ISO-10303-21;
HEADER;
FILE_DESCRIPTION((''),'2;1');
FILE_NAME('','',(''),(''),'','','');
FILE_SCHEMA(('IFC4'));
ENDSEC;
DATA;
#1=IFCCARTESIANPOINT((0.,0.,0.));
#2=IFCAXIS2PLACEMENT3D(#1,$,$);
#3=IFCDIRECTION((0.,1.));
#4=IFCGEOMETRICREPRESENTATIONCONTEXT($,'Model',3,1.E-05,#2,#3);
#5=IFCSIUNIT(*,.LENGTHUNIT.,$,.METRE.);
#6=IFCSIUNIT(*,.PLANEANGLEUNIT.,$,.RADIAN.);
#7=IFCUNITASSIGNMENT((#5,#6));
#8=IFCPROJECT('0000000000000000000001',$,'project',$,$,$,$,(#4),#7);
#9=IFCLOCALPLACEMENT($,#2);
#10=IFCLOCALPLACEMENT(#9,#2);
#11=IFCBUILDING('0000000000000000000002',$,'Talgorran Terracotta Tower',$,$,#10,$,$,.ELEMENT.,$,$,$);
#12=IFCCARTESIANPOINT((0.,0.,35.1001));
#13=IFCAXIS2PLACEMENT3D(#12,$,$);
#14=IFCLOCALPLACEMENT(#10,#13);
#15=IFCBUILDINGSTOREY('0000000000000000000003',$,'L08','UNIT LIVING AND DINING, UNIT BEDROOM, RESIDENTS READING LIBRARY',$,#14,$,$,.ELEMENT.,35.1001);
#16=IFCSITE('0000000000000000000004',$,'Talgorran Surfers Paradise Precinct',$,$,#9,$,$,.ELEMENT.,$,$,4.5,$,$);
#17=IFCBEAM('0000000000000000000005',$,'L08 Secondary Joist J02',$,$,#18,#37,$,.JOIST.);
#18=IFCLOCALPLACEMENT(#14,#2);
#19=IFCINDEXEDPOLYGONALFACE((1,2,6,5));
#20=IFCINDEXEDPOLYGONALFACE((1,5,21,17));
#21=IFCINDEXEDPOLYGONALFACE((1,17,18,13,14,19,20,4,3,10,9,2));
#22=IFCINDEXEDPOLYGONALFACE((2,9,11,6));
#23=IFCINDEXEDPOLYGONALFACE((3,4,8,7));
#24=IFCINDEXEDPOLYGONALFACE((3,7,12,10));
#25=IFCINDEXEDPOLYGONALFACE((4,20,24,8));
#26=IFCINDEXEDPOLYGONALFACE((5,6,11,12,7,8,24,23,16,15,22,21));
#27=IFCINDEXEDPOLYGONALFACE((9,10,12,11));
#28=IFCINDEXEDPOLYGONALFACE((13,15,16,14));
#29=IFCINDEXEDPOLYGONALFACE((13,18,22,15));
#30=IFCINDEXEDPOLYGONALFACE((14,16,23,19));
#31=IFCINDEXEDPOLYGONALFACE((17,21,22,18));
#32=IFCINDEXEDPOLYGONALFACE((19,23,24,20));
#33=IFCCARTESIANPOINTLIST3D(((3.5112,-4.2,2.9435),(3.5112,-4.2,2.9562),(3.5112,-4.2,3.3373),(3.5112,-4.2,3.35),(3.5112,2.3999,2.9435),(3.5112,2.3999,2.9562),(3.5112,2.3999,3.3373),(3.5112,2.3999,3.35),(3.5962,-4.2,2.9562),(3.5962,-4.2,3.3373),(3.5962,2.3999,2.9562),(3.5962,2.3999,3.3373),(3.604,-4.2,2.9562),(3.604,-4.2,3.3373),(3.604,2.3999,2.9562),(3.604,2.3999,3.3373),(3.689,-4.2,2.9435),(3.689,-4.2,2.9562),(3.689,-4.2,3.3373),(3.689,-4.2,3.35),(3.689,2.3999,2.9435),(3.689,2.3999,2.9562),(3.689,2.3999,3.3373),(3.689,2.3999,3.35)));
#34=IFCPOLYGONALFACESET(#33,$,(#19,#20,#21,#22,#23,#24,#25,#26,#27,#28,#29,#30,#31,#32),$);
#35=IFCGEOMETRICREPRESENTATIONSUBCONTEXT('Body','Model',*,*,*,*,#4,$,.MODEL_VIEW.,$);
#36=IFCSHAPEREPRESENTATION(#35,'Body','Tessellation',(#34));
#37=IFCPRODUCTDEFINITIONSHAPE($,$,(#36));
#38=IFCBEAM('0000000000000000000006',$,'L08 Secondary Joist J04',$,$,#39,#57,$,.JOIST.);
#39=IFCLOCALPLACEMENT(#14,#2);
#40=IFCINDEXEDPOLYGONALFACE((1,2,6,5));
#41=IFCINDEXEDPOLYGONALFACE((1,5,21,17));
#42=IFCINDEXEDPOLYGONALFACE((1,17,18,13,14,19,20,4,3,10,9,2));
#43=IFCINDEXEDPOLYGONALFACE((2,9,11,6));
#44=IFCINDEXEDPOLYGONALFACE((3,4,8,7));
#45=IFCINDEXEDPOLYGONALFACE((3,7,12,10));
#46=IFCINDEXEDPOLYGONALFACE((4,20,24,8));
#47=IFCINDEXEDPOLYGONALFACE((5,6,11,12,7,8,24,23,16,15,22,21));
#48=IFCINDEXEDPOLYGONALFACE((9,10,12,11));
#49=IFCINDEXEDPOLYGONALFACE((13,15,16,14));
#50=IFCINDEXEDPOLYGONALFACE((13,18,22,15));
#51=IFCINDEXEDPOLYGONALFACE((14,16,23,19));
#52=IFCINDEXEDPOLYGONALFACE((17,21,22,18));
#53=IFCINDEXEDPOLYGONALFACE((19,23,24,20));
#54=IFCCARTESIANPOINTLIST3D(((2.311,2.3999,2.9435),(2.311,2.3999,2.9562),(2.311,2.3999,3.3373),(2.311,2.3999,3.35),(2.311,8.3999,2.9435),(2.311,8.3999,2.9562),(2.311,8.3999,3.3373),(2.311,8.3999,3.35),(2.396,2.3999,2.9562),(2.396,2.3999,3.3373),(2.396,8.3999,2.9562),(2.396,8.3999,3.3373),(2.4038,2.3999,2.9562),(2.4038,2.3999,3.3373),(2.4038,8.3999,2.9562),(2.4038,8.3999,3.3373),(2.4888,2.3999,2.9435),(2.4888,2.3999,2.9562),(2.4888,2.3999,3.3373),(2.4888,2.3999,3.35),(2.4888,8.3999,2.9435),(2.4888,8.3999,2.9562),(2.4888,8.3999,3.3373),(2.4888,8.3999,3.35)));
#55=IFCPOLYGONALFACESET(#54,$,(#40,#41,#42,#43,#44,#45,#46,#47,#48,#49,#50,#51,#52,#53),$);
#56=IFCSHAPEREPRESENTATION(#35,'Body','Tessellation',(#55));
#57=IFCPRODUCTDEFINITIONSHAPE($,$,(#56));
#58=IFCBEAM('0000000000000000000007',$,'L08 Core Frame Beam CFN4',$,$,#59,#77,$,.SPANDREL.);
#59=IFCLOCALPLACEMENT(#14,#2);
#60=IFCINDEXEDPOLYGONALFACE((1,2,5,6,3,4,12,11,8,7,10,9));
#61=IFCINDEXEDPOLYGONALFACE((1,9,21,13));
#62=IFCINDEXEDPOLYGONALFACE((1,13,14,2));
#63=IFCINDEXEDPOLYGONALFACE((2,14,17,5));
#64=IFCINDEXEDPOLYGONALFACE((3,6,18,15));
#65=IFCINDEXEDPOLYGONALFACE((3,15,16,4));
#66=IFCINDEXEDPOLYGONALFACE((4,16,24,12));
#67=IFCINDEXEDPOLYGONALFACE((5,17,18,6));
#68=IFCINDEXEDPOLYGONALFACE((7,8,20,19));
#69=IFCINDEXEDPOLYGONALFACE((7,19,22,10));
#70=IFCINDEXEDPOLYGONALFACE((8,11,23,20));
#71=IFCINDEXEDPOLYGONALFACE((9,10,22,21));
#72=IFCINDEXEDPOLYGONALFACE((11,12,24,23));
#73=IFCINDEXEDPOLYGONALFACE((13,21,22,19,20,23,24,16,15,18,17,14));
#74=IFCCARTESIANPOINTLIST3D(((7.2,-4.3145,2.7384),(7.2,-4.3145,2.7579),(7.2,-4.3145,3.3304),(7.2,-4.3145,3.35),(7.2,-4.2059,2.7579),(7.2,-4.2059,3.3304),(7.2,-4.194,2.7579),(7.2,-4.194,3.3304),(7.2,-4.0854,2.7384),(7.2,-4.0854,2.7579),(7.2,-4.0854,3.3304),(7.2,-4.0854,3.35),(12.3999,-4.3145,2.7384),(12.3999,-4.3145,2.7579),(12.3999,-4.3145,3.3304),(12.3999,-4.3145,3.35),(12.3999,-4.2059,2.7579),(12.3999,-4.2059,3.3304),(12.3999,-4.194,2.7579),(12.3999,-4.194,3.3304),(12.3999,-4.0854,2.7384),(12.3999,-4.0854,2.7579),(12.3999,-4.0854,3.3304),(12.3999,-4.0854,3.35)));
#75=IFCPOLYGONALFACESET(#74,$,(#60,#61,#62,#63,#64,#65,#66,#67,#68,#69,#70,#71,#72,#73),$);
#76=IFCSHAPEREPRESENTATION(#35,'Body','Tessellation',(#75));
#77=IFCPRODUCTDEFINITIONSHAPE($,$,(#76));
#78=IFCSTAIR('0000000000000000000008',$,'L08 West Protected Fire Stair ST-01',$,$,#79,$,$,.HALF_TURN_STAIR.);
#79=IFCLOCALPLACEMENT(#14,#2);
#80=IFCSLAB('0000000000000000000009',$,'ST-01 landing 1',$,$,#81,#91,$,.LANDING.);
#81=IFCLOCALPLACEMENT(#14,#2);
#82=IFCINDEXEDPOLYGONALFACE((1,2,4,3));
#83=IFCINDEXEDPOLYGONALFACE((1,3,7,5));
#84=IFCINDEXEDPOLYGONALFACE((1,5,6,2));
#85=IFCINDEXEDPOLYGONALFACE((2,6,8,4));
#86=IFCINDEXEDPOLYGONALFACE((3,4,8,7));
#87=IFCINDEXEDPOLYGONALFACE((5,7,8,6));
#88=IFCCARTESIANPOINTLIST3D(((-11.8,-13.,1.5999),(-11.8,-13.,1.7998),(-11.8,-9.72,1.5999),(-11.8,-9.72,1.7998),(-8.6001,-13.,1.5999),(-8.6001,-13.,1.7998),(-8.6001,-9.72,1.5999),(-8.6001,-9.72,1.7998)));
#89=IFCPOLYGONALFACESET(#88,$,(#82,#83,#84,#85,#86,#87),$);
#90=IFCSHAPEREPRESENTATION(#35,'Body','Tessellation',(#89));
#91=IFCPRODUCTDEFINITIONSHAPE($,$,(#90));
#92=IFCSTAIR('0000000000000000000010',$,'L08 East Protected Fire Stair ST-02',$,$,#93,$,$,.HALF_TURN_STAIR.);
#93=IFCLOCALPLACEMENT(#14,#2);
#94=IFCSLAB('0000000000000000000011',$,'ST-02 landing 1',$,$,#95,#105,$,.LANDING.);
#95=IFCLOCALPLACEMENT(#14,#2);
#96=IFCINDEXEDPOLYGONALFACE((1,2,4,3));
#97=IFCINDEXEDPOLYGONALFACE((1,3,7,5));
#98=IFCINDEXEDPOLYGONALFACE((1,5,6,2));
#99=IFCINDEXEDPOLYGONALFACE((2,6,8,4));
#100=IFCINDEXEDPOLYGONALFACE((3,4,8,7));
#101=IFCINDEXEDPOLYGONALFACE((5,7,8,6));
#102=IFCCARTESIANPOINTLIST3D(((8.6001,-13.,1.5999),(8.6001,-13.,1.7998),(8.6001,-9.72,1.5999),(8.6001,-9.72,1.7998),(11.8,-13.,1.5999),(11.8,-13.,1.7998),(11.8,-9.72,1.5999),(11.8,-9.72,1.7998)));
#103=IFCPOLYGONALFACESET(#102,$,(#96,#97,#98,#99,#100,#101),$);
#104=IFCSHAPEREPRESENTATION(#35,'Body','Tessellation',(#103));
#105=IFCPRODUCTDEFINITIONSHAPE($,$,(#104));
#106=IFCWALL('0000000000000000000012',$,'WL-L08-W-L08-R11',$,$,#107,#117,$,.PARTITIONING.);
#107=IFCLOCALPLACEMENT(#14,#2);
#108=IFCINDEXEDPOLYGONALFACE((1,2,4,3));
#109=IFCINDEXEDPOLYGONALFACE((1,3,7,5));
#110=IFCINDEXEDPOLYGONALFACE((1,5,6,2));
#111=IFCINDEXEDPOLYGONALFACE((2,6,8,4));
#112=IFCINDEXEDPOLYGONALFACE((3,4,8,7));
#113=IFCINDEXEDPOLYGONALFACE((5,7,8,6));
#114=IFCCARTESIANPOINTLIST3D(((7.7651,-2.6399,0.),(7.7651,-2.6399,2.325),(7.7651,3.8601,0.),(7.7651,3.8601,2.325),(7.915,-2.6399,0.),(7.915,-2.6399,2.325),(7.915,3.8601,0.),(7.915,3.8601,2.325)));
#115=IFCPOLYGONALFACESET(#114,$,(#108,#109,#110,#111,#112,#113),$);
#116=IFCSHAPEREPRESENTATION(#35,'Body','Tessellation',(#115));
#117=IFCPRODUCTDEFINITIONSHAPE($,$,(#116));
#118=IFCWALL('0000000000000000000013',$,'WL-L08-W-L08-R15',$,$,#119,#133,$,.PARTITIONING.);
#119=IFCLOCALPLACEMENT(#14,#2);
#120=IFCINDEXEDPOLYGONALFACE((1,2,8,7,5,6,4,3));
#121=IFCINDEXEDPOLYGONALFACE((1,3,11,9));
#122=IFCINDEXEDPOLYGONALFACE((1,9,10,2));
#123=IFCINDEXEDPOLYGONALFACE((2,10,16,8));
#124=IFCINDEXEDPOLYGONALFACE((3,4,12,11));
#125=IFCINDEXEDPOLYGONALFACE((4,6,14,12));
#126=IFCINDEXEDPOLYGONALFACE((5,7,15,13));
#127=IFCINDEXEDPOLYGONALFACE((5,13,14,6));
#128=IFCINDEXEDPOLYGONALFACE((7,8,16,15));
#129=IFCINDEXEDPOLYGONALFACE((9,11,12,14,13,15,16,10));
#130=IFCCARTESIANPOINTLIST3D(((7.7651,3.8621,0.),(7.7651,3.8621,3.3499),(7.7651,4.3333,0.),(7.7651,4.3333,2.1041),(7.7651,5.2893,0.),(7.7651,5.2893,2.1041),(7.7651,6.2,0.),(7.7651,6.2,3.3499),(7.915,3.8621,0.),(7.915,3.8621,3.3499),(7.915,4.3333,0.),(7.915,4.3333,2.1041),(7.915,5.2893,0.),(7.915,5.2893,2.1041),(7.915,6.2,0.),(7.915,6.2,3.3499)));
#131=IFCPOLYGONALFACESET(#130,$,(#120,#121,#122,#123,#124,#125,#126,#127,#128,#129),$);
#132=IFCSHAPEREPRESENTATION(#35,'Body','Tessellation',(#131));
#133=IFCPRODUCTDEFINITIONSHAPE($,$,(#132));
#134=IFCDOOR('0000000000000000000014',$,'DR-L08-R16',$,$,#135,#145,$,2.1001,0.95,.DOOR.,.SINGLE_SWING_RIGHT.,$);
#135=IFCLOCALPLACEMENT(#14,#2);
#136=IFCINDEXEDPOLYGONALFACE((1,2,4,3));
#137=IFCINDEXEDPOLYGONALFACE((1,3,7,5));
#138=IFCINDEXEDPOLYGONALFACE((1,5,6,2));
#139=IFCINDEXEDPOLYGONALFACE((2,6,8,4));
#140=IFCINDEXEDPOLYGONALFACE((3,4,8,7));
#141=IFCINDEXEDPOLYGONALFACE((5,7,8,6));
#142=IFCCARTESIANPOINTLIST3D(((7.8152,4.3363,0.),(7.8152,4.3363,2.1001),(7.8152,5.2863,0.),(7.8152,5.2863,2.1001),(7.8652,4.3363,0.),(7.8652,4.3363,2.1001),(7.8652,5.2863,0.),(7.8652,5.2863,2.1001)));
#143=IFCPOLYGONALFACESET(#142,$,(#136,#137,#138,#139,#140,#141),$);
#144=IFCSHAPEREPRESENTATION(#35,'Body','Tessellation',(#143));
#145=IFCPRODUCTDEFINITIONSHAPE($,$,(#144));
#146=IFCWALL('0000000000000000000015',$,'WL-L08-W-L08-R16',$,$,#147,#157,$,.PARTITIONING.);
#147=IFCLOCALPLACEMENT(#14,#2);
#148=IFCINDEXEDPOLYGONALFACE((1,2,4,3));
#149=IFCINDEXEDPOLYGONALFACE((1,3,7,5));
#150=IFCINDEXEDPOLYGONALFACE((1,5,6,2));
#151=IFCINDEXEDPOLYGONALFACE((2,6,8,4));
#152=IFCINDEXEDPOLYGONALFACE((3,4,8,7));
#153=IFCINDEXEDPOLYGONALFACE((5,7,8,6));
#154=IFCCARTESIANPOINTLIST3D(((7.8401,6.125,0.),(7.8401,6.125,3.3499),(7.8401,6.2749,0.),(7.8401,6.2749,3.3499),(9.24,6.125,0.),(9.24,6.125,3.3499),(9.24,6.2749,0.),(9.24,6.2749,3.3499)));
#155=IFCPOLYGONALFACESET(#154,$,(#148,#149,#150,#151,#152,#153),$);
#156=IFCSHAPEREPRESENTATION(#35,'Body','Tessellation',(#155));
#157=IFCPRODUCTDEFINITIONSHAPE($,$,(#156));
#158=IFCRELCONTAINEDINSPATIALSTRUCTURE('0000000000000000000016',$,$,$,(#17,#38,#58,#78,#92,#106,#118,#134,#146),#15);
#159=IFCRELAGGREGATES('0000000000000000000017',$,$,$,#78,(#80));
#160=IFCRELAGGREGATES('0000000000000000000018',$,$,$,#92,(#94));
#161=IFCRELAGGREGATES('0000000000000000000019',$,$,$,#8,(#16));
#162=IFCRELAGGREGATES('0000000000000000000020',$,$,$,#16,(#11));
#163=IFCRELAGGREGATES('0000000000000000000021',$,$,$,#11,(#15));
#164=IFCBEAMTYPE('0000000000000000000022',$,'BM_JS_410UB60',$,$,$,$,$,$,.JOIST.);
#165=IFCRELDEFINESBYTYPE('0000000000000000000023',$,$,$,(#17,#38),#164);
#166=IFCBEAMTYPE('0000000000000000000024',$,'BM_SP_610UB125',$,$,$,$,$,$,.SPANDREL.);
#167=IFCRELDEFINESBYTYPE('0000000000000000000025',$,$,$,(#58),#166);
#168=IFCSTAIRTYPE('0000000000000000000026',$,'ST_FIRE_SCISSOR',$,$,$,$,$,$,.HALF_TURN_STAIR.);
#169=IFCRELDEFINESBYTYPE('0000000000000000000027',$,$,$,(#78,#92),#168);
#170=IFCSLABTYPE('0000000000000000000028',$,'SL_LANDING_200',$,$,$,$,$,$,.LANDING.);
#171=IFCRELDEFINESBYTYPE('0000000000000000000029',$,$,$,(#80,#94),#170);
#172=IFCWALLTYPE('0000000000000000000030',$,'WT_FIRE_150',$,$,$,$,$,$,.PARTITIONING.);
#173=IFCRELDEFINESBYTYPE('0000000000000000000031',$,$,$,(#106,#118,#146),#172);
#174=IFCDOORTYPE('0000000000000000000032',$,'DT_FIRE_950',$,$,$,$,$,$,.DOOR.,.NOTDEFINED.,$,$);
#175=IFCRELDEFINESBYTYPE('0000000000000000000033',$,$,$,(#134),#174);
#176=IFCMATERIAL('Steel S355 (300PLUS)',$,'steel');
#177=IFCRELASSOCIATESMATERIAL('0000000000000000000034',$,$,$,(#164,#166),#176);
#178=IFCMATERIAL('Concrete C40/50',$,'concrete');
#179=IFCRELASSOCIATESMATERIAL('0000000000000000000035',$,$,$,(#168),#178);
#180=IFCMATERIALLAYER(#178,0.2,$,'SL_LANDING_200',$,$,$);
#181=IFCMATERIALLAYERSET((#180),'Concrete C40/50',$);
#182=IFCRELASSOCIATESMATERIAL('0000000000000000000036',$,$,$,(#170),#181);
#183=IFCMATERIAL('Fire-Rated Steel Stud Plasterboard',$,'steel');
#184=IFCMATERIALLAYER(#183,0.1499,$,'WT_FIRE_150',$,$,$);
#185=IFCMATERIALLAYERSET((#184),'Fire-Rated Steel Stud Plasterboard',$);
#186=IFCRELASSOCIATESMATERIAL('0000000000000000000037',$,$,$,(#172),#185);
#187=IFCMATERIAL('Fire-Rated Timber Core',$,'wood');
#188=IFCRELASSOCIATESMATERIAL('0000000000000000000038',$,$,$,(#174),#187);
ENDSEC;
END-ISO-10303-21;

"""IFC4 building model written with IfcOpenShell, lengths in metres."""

from ifc_helpers import new_model, si_unit, direction, frame, frame_2d, origin, origin_2d, place, context, subcontext, project, spatial, polyline, rectangle, i_section, outline, extrude, material, layer, layer_set, material_profile, profile_set, type_object, element, fill, aggregate, save


model = new_model("IFC4")

# Units and contexts
model_context = context("Model", 3, precision=1e-05, world=origin(), true_north=direction((0.0, 1.0)))
body_context = subcontext(model_context, "Body", "Model", "MODEL_VIEW")
ifc_project = project(units=[si_unit("LENGTHUNIT", "METRE"), si_unit("PLANEANGLEUNIT", "RADIAN")], contexts=[model_context])

# Site, building, storey
site_placement = place(None, origin())
site = spatial("IfcSite", under=ifc_project, at=site_placement, Name="Talgorran Surfers Paradise Precinct", CompositionType="ELEMENT", RefElevation=4.5)
building_placement = place(site_placement, origin())
building = spatial("IfcBuilding", under=site, at=building_placement, Name="Talgorran Terracotta Tower", CompositionType="ELEMENT")
storey_placement = place(building_placement, frame((0.0, 0.0, 35.1001)))
storey = spatial("IfcBuildingStorey", under=building, at=storey_placement, Name="L08", Description="UNIT LIVING AND DINING, UNIT BEDROOM, RESIDENTS READING LIBRARY", CompositionType="ELEMENT", Elevation=35.1001)

# Shared definitions
ifc_material_1 = material(Name="Steel S355 (300PLUS)", Category="steel")

# Beams
ifc_material_profile_1 = material_profile(ifc_material_1, i_section(OverallWidth=0.1777, OverallDepth=0.4065, WebThickness=0.0078, FlangeThickness=0.0127, at=origin_2d()), Name="410UB59.7")
ifc_profile_set_1 = profile_set([ifc_material_profile_1], Name="Steel S355 (300PLUS)")
beam_type_1 = type_object("IfcBeamType", Name="BM_JS_410UB60", PredefinedType="JOIST", material=ifc_profile_set_1)
beam_1_placement = place(storey_placement, frame((3.6001, -4.2, 3.1467), z_axis=(0.0, 1.0, 0.0), x_axis=(-1.0, 0.0, 0.0)))
element("IfcBeam", 1, at=beam_1_placement, inside=storey, type_object=beam_type_1, Name="L08 Secondary Joist J02", PredefinedType="JOIST", context=body_context, shape_type="SweptSolid", body=[
    extrude(i_section(OverallWidth=0.1777, OverallDepth=0.4065, WebThickness=0.0078, FlangeThickness=0.0127, at=origin_2d()), origin(), (0.0, 0.0, 1.0), 6.5999),
])
beam_2_placement = place(storey_placement, frame((2.3999, 2.3999, 3.1467), z_axis=(0.0, 1.0, 0.0), x_axis=(-1.0, 0.0, 0.0)))
element("IfcBeam", 2, at=beam_2_placement, inside=storey, type_object=beam_type_1, Name="L08 Secondary Joist J04", PredefinedType="JOIST", context=body_context, shape_type="SweptSolid", body=[
    extrude(i_section(OverallWidth=0.1777, OverallDepth=0.4065, WebThickness=0.0078, FlangeThickness=0.0127, at=origin_2d()), origin(), (0.0, 0.0, 1.0), 6.0),
])
ifc_material_profile_2 = material_profile(ifc_material_1, i_section(OverallWidth=0.229, OverallDepth=0.6116, WebThickness=0.012, FlangeThickness=0.0195, at=origin_2d()), Name="610UB125")
ifc_profile_set_2 = profile_set([ifc_material_profile_2], Name="Steel S355 (300PLUS)")
beam_type_2 = type_object("IfcBeamType", Name="BM_SP_610UB125", PredefinedType="SPANDREL", material=ifc_profile_set_2)
beam_3_placement = place(storey_placement, frame((7.2, -4.2, 3.0442), z_axis=(1.0, 0.0, 0.0), x_axis=(0.0, 1.0, 0.0)))
element("IfcBeam", 3, at=beam_3_placement, inside=storey, type_object=beam_type_2, Name="L08 Core Frame Beam CFN4", PredefinedType="SPANDREL", context=body_context, shape_type="SweptSolid", body=[
    extrude(i_section(OverallWidth=0.229, OverallDepth=0.6116, WebThickness=0.012, FlangeThickness=0.0195, at=origin_2d()), origin(), (0.0, 0.0, 1.0), 5.2),
])

# Stairs, slabs
ifc_material_2 = material(Name="Concrete C40/50", Category="concrete")
stair_type = type_object("IfcStairType", Name="ST_FIRE_SCISSOR", PredefinedType="HALF_TURN_STAIR", material=ifc_material_2)
stair_1_placement = place(storey_placement, origin())
stair_1 = element("IfcStair", 4, at=stair_1_placement, inside=storey, type_object=stair_type, Name="L08 West Protected Fire Stair ST-01", PredefinedType="HALF_TURN_STAIR")
ifc_layer_1 = layer(ifc_material_2, 0.2, Name="SL_LANDING_200")
ifc_layer_set_1 = layer_set([ifc_layer_1], Name="Concrete C40/50")
slab_type = type_object("IfcSlabType", Name="SL_LANDING_200", PredefinedType="LANDING", material=ifc_layer_set_1)
slab_1_placement = place(storey_placement, frame((0.0, 0.0, 1.5999)))
slab_1 = element("IfcSlab", 5, at=slab_1_placement, type_object=slab_type, Name="ST-01 landing 1", PredefinedType="LANDING", context=body_context, shape_type="SweptSolid", body=[
    extrude(outline(polyline([(-11.8, -9.72), (-11.8, -13.0), (-8.6001, -13.0), (-8.6001, -9.72), (-11.8, -9.72)])), origin(), (0.0, 0.0, 1.0), 0.2),
])
aggregate(stair_1, [slab_1])
stair_2_placement = place(storey_placement, origin())
stair_2 = element("IfcStair", 6, at=stair_2_placement, inside=storey, type_object=stair_type, Name="L08 East Protected Fire Stair ST-02", PredefinedType="HALF_TURN_STAIR")
slab_2_placement = place(storey_placement, frame((0.0, 0.0, 1.5999)))
slab_2 = element("IfcSlab", 7, at=slab_2_placement, type_object=slab_type, Name="ST-02 landing 1", PredefinedType="LANDING", context=body_context, shape_type="SweptSolid", body=[
    extrude(outline(polyline([(8.6001, -9.72), (8.6001, -13.0), (11.8, -13.0), (11.8, -9.72), (8.6001, -9.72)])), origin(), (0.0, 0.0, 1.0), 0.2),
])
aggregate(stair_2, [slab_2])

# Wall
ifc_material_3 = material(Name="Fire-Rated Steel Stud Plasterboard", Category="steel")
ifc_layer_2 = layer(ifc_material_3, 0.1499, Name="WT_FIRE_150")
ifc_layer_set_2 = layer_set([ifc_layer_2], Name="Fire-Rated Steel Stud Plasterboard")
wall_type_1 = type_object("IfcWallType", Name="WT_FIRE_150", PredefinedType="PARTITIONING", material=ifc_layer_set_2)
wall_1_placement = place(storey_placement, frame((7.8401, -2.6399, 0.0), z_axis=(0.0, 0.0, 1.0), x_axis=(0.0, 1.0, 0.0)))
element("IfcWall", 8, at=wall_1_placement, inside=storey, type_object=wall_type_1, Name="WL-L08-W-L08-R11", PredefinedType="PARTITIONING", context=body_context, shape_type="SweptSolid", body=[
    extrude(rectangle(XDim=6.5, YDim=0.1499, at=frame_2d((3.25, 0.0))), origin(), (0.0, 0.0, 1.0), 2.325),
])

# Wall, opening, door
wall_2_placement = place(storey_placement, frame((7.8401, 3.8621, 0.0), z_axis=(0.0, 0.0, 1.0), x_axis=(0.0, 1.0, 0.0)))
wall_2 = element("IfcWall", 9, at=wall_2_placement, inside=storey, type_object=wall_type_1, Name="WL-L08-W-L08-R15", PredefinedType="PARTITIONING", context=body_context, shape_type="SweptSolid", body=[
    extrude(rectangle(XDim=2.3379, YDim=0.1499, at=frame_2d((1.1689, 0.0))), origin(), (0.0, 0.0, 1.0), 3.3499),
])
opening_1_placement = place(wall_2_placement, frame((0.4741, 0.0, 0.0)))
opening_1 = element("IfcOpeningElement", 10, at=opening_1_placement, cuts=wall_2, PredefinedType="OPENING", context=body_context, shape_type="SweptSolid", body=[
    extrude(rectangle(XDim=0.956, YDim=2.1041, at=frame_2d((0.4751, 1.052))), frame((0.0, 0.085, 0.0), z_axis=(0.0, -1.0, 0.0), x_axis=(1.0, 0.0, 0.0)), (0.0, 0.0, 1.0), 0.1699),
])
ifc_material_4 = material(Name="Fire-Rated Timber Core", Category="wood")
door_type_1 = type_object("IfcDoorType", Name="DT_FIRE_950", OperationType="NOTDEFINED", PredefinedType="DOOR", material=ifc_material_4)
door_1_placement = place(opening_1_placement, origin())
door_1 = element("IfcDoor", 11, at=door_1_placement, inside=storey, type_object=door_type_1, Name="DR-L08-R16", OperationType="SINGLE_SWING_RIGHT", OverallHeight=2.1001, OverallWidth=0.95, PredefinedType="DOOR", context=body_context, shape_type="SweptSolid", body=[
    extrude(rectangle(XDim=0.95, YDim=2.1001, at=frame_2d((0.4751, 1.05))), frame((0.0, 0.0249, 0.0), z_axis=(0.0, -1.0, 0.0), x_axis=(1.0, 0.0, 0.0)), (0.0, 0.0, 1.0), 0.05),
])
fill(opening_1, door_1)

# Wall
wall_3_placement = place(storey_placement, frame((7.8401, 6.2, 0.0), z_axis=(0.0, 0.0, 1.0), x_axis=(1.0, 0.0, 0.0)))
element("IfcWall", 12, at=wall_3_placement, inside=storey, type_object=wall_type_1, Name="WL-L08-W-L08-R16", PredefinedType="PARTITIONING", context=body_context, shape_type="SweptSolid", body=[
    extrude(rectangle(XDim=1.3999, YDim=0.1499, at=frame_2d((0.7, 0.0))), origin(), (0.0, 0.0, 1.0), 3.3499),
])

save(model, "model.ifc")
